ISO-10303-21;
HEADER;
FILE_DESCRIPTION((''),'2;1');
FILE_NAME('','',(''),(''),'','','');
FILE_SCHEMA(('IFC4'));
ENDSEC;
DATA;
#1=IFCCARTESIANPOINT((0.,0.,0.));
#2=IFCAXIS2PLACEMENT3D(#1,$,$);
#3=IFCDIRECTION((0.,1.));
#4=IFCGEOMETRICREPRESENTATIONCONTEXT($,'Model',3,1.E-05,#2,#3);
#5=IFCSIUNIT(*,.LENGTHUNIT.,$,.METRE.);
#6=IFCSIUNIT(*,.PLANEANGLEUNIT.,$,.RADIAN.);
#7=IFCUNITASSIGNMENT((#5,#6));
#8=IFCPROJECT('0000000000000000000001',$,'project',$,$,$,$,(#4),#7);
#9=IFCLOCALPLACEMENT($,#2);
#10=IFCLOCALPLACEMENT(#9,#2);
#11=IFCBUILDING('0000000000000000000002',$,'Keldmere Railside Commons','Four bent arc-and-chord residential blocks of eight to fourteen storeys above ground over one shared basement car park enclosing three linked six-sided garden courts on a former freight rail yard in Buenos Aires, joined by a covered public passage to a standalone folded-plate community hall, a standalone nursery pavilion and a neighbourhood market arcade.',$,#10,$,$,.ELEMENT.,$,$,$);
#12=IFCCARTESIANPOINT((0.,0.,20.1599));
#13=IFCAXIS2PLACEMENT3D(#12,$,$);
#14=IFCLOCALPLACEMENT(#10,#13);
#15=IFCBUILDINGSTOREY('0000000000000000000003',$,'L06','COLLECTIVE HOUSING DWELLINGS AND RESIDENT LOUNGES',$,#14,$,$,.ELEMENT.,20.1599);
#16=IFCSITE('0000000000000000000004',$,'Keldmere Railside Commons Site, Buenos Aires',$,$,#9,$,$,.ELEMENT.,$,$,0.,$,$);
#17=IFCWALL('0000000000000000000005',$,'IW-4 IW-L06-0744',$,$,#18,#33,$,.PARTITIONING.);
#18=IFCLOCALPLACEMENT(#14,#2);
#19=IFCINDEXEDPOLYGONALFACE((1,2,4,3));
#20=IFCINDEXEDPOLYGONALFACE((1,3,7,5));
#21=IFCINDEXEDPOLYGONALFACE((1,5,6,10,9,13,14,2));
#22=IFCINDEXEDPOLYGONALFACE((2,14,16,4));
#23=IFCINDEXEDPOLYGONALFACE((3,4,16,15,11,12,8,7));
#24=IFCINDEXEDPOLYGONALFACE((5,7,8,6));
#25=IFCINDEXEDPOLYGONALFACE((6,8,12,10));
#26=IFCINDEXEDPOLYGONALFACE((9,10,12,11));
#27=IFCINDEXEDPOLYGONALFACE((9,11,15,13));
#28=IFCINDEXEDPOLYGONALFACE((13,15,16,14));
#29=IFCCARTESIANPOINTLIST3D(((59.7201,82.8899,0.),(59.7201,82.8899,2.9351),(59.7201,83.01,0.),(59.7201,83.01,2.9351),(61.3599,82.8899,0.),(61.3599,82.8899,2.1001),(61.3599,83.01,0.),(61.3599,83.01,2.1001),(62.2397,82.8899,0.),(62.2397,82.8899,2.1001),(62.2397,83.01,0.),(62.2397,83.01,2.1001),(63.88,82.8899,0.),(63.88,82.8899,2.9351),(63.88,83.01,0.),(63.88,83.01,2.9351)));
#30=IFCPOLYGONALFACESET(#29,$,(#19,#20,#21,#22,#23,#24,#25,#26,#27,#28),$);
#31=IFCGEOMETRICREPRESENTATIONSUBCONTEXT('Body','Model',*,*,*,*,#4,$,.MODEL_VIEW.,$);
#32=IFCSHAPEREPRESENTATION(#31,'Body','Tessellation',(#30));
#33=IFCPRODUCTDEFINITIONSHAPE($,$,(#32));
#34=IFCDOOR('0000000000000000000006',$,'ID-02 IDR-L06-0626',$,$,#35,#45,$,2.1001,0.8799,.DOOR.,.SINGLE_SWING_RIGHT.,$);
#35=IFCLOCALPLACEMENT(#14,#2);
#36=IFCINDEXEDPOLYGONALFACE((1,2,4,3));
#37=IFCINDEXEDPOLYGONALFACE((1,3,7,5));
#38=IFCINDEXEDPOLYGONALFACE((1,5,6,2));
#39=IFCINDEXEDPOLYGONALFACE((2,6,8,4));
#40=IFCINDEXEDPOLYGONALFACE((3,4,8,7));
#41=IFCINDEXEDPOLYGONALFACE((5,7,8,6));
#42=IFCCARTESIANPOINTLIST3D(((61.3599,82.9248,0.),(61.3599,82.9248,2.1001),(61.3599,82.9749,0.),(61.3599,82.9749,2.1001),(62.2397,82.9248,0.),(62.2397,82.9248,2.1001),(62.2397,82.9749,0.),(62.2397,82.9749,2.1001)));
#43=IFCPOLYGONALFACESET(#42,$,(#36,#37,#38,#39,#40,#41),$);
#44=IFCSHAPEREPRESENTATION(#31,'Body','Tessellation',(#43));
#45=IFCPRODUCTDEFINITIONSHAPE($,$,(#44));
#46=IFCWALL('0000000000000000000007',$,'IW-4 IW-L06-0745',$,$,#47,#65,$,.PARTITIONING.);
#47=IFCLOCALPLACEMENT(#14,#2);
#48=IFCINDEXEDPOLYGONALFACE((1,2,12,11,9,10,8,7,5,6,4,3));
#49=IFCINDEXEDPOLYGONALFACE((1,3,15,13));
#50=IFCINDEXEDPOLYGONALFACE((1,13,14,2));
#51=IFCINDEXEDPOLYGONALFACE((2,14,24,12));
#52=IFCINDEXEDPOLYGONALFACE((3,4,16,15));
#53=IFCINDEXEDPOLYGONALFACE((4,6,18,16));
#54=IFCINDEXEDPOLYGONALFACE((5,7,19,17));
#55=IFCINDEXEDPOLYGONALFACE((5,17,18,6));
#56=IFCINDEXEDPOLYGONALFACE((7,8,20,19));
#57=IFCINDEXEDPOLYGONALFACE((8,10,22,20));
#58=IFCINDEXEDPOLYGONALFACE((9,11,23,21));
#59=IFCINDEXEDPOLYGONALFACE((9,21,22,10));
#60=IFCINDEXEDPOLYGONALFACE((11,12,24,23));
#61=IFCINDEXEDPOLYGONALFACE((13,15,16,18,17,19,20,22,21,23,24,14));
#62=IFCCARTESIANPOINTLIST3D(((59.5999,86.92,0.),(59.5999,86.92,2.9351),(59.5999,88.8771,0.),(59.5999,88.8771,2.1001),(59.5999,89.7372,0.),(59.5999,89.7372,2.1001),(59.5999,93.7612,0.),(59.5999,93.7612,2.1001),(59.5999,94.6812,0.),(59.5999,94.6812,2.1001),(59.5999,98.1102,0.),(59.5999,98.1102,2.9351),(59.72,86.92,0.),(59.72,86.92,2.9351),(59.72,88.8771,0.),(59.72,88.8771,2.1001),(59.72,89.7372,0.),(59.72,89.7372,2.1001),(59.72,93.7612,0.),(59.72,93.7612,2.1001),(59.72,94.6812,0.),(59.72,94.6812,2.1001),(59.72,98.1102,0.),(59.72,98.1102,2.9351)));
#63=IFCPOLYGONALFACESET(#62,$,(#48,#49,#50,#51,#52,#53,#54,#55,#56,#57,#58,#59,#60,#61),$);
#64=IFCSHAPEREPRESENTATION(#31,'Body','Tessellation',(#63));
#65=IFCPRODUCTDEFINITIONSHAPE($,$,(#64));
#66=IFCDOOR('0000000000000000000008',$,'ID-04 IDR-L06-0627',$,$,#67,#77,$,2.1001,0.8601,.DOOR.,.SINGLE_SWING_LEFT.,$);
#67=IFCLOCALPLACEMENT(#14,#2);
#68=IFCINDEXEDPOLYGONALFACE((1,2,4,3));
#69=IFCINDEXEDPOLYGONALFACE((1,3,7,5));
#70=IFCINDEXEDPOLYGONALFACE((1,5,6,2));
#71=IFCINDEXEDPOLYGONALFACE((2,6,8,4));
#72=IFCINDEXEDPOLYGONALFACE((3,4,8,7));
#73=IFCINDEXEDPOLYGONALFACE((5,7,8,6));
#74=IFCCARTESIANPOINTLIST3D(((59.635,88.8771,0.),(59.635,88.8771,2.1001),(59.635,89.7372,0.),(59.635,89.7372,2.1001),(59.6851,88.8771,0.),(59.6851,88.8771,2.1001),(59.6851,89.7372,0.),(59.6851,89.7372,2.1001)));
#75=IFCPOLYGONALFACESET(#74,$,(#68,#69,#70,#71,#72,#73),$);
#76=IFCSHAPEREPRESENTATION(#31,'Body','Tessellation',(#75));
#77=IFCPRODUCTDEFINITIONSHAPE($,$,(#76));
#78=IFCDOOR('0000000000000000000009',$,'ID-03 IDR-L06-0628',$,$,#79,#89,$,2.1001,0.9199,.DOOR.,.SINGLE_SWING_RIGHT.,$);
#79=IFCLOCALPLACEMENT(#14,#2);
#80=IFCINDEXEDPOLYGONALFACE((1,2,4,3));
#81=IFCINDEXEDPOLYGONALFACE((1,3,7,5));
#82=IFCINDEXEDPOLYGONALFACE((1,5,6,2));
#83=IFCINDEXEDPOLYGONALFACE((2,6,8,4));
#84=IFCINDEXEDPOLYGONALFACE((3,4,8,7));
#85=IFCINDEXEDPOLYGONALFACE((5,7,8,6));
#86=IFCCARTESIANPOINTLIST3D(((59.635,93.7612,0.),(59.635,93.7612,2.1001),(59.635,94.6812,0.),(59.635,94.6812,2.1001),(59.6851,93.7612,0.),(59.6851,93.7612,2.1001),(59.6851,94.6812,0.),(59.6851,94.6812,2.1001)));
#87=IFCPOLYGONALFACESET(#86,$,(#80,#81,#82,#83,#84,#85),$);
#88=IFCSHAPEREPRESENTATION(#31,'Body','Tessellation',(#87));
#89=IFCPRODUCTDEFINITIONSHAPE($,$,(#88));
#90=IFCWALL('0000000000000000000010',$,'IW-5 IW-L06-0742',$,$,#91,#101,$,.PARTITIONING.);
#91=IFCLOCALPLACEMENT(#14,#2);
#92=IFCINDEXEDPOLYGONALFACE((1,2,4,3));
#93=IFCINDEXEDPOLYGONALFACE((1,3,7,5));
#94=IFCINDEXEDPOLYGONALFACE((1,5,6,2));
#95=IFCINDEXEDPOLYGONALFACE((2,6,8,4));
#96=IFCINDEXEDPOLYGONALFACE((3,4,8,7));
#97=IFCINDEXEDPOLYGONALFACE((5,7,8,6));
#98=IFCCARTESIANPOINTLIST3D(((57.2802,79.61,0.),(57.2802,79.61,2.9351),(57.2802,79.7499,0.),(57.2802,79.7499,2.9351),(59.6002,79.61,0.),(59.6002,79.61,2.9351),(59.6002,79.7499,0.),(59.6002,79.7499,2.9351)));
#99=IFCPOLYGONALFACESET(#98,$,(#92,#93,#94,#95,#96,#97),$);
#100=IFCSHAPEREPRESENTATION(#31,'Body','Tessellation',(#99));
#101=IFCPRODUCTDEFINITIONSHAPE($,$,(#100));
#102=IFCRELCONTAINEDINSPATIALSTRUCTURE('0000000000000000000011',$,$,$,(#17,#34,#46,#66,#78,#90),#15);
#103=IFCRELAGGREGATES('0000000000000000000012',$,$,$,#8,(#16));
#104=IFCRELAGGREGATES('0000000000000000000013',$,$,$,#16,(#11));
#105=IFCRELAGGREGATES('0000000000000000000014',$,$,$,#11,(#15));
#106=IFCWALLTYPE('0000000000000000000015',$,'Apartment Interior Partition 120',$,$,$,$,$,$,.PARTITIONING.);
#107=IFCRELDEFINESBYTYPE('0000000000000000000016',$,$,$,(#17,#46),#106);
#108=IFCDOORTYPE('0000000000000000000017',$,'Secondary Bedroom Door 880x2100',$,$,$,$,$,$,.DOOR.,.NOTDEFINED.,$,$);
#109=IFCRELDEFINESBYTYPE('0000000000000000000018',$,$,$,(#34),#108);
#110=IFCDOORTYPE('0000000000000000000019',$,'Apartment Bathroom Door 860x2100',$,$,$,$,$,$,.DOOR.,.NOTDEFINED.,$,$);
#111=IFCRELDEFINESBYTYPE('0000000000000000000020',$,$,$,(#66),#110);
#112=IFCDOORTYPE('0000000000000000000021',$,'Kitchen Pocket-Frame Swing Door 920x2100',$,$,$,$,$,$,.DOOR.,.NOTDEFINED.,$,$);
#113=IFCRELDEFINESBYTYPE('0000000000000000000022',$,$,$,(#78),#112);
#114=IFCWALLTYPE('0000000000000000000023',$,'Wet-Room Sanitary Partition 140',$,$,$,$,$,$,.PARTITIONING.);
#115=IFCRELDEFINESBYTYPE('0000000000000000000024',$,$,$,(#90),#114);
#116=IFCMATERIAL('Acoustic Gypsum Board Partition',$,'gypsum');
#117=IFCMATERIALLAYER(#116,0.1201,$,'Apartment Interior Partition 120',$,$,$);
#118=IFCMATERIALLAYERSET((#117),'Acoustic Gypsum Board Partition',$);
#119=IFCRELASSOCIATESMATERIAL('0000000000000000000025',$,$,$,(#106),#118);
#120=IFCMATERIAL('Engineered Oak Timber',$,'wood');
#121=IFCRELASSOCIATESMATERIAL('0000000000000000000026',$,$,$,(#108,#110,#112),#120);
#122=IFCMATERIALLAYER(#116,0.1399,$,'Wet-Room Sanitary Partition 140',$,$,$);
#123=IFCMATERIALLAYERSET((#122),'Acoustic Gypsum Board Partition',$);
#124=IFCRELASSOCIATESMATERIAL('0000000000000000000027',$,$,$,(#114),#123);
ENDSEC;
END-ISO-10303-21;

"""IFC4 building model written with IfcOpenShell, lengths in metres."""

from ifc_helpers import new_model, si_unit, direction, frame, frame_2d, origin, place, context, subcontext, project, spatial, rectangle, extrude, material, layer, layer_set, type_object, element, fill, save


model = new_model("IFC4")

# Units and contexts
model_context = context("Model", 3, precision=1e-05, world=origin(), true_north=direction((0.0, 1.0)))
body_context = subcontext(model_context, "Body", "Model", "MODEL_VIEW")
ifc_project = project(units=[si_unit("LENGTHUNIT", "METRE"), si_unit("PLANEANGLEUNIT", "RADIAN")], contexts=[model_context])

# Site, building, storey
site_placement = place(None, origin())
site = spatial("IfcSite", under=ifc_project, at=site_placement, Name="Keldmere Railside Commons Site, Buenos Aires", CompositionType="ELEMENT", RefElevation=0.0)
building_placement = place(site_placement, origin())
building = spatial("IfcBuilding", under=site, at=building_placement, Name="Keldmere Railside Commons", Description="Four bent arc-and-chord residential blocks of eight to fourteen storeys above ground over one shared basement car park enclosing three linked six-sided garden courts on a former freight rail yard in Buenos Aires, joined by a covered public passage to a standalone folded-plate community hall, a standalone nursery pavilion and a neighbourhood market arcade.", CompositionType="ELEMENT")
storey_placement = place(building_placement, frame((0.0, 0.0, 20.1599)))
storey = spatial("IfcBuildingStorey", under=building, at=storey_placement, Name="L06", Description="COLLECTIVE HOUSING DWELLINGS AND RESIDENT LOUNGES", CompositionType="ELEMENT", Elevation=20.1599)

# Shared definitions
ifc_material_1 = material(Name="Acoustic Gypsum Board Partition", Category="gypsum")

# Wall, opening, door
ifc_layer_1 = layer(ifc_material_1, 0.1201, Name="Apartment Interior Partition 120")
ifc_layer_set_1 = layer_set([ifc_layer_1], Name="Acoustic Gypsum Board Partition")
wall_type_1 = type_object("IfcWallType", Name="Apartment Interior Partition 120", PredefinedType="PARTITIONING", material=ifc_layer_set_1)
ifc_material_2 = material(Name="Engineered Oak Timber", Category="wood")
wall_1_placement = place(storey_placement, frame((59.72, 82.95, 0.0), z_axis=(0.0, 0.0, 1.0), x_axis=(1.0, 0.0, 0.0)))
wall_1 = element("IfcWall", 1, at=wall_1_placement, inside=storey, type_object=wall_type_1, Name="IW-4 IW-L06-0744", PredefinedType="PARTITIONING", context=body_context, shape_type="SweptSolid", body=[
    extrude(rectangle(XDim=4.1599, YDim=0.1201, at=frame_2d((2.0801, 0.0))), origin(), (0.0, 0.0, 1.0), 2.9351),
])
opening_1_placement = place(wall_1_placement, frame((1.6399, 0.0, 0.0)))
opening_1 = element("IfcOpeningElement", 2, at=opening_1_placement, cuts=wall_1, PredefinedType="OPENING", context=body_context, shape_type="SweptSolid", body=[
    extrude(rectangle(XDim=0.8799, YDim=2.1001, at=frame_2d((0.4399, 1.05))), frame((0.0, 0.0701, 0.0), z_axis=(0.0, -1.0, 0.0), x_axis=(1.0, 0.0, 0.0)), (0.0, 0.0, 1.0), 0.1401),
])
door_type_1 = type_object("IfcDoorType", Name="Secondary Bedroom Door 880x2100", OperationType="NOTDEFINED", PredefinedType="DOOR", material=ifc_material_2)
door_1_placement = place(opening_1_placement, origin())
door_1 = element("IfcDoor", 3, at=door_1_placement, inside=storey, type_object=door_type_1, Name="ID-02 IDR-L06-0626", OperationType="SINGLE_SWING_RIGHT", OverallHeight=2.1001, OverallWidth=0.8799, PredefinedType="DOOR", context=body_context, shape_type="SweptSolid", body=[
    extrude(rectangle(XDim=0.8799, YDim=2.1001, at=frame_2d((0.4399, 1.05))), frame((0.0, 0.0249, 0.0), z_axis=(0.0, -1.0, 0.0), x_axis=(1.0, 0.0, 0.0)), (0.0, 0.0, 1.0), 0.05),
])
fill(opening_1, door_1)

# Wall, openings, doors
wall_2_placement = place(storey_placement, frame((59.6599, 86.9199, 0.0), z_axis=(0.0, 0.0, 1.0), x_axis=(0.0, 1.0, 0.0)))
wall_2 = element("IfcWall", 4, at=wall_2_placement, inside=storey, type_object=wall_type_1, Name="IW-4 IW-L06-0745", PredefinedType="PARTITIONING", context=body_context, shape_type="SweptSolid", body=[
    extrude(rectangle(XDim=11.1902, YDim=0.1201, at=frame_2d((5.5952, 0.0))), origin(), (0.0, 0.0, 1.0), 2.9351),
])
opening_2_placement = place(wall_2_placement, frame((1.957, 0.0, 0.0)))
opening_2 = element("IfcOpeningElement", 5, at=opening_2_placement, cuts=wall_2, PredefinedType="OPENING", context=body_context, shape_type="SweptSolid", body=[
    extrude(rectangle(XDim=0.8601, YDim=2.1001, at=frame_2d((0.4302, 1.05))), frame((0.0, 0.0701, 0.0), z_axis=(0.0, -1.0, 0.0), x_axis=(1.0, 0.0, 0.0)), (0.0, 0.0, 1.0), 0.1401),
])
opening_3_placement = place(wall_2_placement, frame((6.8413, 0.0, 0.0)))
opening_3 = element("IfcOpeningElement", 6, at=opening_3_placement, cuts=wall_2, PredefinedType="OPENING", context=body_context, shape_type="SweptSolid", body=[
    extrude(rectangle(XDim=0.9199, YDim=2.1001, at=frame_2d((0.46, 1.05))), frame((0.0, 0.0701, 0.0), z_axis=(0.0, -1.0, 0.0), x_axis=(1.0, 0.0, 0.0)), (0.0, 0.0, 1.0), 0.1401),
])
door_type_2 = type_object("IfcDoorType", Name="Apartment Bathroom Door 860x2100", OperationType="NOTDEFINED", PredefinedType="DOOR", material=ifc_material_2)
door_2_placement = place(opening_2_placement, origin())
door_2 = element("IfcDoor", 7, at=door_2_placement, inside=storey, type_object=door_type_2, Name="ID-04 IDR-L06-0627", OperationType="SINGLE_SWING_LEFT", OverallHeight=2.1001, OverallWidth=0.8601, PredefinedType="DOOR", context=body_context, shape_type="SweptSolid", body=[
    extrude(rectangle(XDim=0.8601, YDim=2.1001, at=frame_2d((0.4302, 1.05))), frame((0.0, 0.0249, 0.0), z_axis=(0.0, -1.0, 0.0), x_axis=(1.0, 0.0, 0.0)), (0.0, 0.0, 1.0), 0.05),
])
fill(opening_2, door_2)
door_type_3 = type_object("IfcDoorType", Name="Kitchen Pocket-Frame Swing Door 920x2100", OperationType="NOTDEFINED", PredefinedType="DOOR", material=ifc_material_2)
door_3_placement = place(opening_3_placement, origin())
door_3 = element("IfcDoor", 8, at=door_3_placement, inside=storey, type_object=door_type_3, Name="ID-03 IDR-L06-0628", OperationType="SINGLE_SWING_RIGHT", OverallHeight=2.1001, OverallWidth=0.9199, PredefinedType="DOOR", context=body_context, shape_type="SweptSolid", body=[
    extrude(rectangle(XDim=0.9199, YDim=2.1001, at=frame_2d((0.46, 1.05))), frame((0.0, 0.0249, 0.0), z_axis=(0.0, -1.0, 0.0), x_axis=(1.0, 0.0, 0.0)), (0.0, 0.0, 1.0), 0.05),
])
fill(opening_3, door_3)

# Wall
ifc_layer_2 = layer(ifc_material_1, 0.1399, Name="Wet-Room Sanitary Partition 140")
ifc_layer_set_2 = layer_set([ifc_layer_2], Name="Acoustic Gypsum Board Partition")
wall_type_2 = type_object("IfcWallType", Name="Wet-Room Sanitary Partition 140", PredefinedType="PARTITIONING", material=ifc_layer_set_2)
wall_3_placement = place(storey_placement, frame((57.28, 79.6799, 0.0), z_axis=(0.0, 0.0, 1.0), x_axis=(1.0, 0.0, 0.0)))
element("IfcWall", 9, at=wall_3_placement, inside=storey, type_object=wall_type_2, Name="IW-5 IW-L06-0742", PredefinedType="PARTITIONING", context=body_context, shape_type="SweptSolid", body=[
    extrude(rectangle(XDim=2.3201, YDim=0.1399, at=frame_2d((1.1602, 0.0))), origin(), (0.0, 0.0, 1.0), 2.9351),
])

save(model, "model.ifc")
